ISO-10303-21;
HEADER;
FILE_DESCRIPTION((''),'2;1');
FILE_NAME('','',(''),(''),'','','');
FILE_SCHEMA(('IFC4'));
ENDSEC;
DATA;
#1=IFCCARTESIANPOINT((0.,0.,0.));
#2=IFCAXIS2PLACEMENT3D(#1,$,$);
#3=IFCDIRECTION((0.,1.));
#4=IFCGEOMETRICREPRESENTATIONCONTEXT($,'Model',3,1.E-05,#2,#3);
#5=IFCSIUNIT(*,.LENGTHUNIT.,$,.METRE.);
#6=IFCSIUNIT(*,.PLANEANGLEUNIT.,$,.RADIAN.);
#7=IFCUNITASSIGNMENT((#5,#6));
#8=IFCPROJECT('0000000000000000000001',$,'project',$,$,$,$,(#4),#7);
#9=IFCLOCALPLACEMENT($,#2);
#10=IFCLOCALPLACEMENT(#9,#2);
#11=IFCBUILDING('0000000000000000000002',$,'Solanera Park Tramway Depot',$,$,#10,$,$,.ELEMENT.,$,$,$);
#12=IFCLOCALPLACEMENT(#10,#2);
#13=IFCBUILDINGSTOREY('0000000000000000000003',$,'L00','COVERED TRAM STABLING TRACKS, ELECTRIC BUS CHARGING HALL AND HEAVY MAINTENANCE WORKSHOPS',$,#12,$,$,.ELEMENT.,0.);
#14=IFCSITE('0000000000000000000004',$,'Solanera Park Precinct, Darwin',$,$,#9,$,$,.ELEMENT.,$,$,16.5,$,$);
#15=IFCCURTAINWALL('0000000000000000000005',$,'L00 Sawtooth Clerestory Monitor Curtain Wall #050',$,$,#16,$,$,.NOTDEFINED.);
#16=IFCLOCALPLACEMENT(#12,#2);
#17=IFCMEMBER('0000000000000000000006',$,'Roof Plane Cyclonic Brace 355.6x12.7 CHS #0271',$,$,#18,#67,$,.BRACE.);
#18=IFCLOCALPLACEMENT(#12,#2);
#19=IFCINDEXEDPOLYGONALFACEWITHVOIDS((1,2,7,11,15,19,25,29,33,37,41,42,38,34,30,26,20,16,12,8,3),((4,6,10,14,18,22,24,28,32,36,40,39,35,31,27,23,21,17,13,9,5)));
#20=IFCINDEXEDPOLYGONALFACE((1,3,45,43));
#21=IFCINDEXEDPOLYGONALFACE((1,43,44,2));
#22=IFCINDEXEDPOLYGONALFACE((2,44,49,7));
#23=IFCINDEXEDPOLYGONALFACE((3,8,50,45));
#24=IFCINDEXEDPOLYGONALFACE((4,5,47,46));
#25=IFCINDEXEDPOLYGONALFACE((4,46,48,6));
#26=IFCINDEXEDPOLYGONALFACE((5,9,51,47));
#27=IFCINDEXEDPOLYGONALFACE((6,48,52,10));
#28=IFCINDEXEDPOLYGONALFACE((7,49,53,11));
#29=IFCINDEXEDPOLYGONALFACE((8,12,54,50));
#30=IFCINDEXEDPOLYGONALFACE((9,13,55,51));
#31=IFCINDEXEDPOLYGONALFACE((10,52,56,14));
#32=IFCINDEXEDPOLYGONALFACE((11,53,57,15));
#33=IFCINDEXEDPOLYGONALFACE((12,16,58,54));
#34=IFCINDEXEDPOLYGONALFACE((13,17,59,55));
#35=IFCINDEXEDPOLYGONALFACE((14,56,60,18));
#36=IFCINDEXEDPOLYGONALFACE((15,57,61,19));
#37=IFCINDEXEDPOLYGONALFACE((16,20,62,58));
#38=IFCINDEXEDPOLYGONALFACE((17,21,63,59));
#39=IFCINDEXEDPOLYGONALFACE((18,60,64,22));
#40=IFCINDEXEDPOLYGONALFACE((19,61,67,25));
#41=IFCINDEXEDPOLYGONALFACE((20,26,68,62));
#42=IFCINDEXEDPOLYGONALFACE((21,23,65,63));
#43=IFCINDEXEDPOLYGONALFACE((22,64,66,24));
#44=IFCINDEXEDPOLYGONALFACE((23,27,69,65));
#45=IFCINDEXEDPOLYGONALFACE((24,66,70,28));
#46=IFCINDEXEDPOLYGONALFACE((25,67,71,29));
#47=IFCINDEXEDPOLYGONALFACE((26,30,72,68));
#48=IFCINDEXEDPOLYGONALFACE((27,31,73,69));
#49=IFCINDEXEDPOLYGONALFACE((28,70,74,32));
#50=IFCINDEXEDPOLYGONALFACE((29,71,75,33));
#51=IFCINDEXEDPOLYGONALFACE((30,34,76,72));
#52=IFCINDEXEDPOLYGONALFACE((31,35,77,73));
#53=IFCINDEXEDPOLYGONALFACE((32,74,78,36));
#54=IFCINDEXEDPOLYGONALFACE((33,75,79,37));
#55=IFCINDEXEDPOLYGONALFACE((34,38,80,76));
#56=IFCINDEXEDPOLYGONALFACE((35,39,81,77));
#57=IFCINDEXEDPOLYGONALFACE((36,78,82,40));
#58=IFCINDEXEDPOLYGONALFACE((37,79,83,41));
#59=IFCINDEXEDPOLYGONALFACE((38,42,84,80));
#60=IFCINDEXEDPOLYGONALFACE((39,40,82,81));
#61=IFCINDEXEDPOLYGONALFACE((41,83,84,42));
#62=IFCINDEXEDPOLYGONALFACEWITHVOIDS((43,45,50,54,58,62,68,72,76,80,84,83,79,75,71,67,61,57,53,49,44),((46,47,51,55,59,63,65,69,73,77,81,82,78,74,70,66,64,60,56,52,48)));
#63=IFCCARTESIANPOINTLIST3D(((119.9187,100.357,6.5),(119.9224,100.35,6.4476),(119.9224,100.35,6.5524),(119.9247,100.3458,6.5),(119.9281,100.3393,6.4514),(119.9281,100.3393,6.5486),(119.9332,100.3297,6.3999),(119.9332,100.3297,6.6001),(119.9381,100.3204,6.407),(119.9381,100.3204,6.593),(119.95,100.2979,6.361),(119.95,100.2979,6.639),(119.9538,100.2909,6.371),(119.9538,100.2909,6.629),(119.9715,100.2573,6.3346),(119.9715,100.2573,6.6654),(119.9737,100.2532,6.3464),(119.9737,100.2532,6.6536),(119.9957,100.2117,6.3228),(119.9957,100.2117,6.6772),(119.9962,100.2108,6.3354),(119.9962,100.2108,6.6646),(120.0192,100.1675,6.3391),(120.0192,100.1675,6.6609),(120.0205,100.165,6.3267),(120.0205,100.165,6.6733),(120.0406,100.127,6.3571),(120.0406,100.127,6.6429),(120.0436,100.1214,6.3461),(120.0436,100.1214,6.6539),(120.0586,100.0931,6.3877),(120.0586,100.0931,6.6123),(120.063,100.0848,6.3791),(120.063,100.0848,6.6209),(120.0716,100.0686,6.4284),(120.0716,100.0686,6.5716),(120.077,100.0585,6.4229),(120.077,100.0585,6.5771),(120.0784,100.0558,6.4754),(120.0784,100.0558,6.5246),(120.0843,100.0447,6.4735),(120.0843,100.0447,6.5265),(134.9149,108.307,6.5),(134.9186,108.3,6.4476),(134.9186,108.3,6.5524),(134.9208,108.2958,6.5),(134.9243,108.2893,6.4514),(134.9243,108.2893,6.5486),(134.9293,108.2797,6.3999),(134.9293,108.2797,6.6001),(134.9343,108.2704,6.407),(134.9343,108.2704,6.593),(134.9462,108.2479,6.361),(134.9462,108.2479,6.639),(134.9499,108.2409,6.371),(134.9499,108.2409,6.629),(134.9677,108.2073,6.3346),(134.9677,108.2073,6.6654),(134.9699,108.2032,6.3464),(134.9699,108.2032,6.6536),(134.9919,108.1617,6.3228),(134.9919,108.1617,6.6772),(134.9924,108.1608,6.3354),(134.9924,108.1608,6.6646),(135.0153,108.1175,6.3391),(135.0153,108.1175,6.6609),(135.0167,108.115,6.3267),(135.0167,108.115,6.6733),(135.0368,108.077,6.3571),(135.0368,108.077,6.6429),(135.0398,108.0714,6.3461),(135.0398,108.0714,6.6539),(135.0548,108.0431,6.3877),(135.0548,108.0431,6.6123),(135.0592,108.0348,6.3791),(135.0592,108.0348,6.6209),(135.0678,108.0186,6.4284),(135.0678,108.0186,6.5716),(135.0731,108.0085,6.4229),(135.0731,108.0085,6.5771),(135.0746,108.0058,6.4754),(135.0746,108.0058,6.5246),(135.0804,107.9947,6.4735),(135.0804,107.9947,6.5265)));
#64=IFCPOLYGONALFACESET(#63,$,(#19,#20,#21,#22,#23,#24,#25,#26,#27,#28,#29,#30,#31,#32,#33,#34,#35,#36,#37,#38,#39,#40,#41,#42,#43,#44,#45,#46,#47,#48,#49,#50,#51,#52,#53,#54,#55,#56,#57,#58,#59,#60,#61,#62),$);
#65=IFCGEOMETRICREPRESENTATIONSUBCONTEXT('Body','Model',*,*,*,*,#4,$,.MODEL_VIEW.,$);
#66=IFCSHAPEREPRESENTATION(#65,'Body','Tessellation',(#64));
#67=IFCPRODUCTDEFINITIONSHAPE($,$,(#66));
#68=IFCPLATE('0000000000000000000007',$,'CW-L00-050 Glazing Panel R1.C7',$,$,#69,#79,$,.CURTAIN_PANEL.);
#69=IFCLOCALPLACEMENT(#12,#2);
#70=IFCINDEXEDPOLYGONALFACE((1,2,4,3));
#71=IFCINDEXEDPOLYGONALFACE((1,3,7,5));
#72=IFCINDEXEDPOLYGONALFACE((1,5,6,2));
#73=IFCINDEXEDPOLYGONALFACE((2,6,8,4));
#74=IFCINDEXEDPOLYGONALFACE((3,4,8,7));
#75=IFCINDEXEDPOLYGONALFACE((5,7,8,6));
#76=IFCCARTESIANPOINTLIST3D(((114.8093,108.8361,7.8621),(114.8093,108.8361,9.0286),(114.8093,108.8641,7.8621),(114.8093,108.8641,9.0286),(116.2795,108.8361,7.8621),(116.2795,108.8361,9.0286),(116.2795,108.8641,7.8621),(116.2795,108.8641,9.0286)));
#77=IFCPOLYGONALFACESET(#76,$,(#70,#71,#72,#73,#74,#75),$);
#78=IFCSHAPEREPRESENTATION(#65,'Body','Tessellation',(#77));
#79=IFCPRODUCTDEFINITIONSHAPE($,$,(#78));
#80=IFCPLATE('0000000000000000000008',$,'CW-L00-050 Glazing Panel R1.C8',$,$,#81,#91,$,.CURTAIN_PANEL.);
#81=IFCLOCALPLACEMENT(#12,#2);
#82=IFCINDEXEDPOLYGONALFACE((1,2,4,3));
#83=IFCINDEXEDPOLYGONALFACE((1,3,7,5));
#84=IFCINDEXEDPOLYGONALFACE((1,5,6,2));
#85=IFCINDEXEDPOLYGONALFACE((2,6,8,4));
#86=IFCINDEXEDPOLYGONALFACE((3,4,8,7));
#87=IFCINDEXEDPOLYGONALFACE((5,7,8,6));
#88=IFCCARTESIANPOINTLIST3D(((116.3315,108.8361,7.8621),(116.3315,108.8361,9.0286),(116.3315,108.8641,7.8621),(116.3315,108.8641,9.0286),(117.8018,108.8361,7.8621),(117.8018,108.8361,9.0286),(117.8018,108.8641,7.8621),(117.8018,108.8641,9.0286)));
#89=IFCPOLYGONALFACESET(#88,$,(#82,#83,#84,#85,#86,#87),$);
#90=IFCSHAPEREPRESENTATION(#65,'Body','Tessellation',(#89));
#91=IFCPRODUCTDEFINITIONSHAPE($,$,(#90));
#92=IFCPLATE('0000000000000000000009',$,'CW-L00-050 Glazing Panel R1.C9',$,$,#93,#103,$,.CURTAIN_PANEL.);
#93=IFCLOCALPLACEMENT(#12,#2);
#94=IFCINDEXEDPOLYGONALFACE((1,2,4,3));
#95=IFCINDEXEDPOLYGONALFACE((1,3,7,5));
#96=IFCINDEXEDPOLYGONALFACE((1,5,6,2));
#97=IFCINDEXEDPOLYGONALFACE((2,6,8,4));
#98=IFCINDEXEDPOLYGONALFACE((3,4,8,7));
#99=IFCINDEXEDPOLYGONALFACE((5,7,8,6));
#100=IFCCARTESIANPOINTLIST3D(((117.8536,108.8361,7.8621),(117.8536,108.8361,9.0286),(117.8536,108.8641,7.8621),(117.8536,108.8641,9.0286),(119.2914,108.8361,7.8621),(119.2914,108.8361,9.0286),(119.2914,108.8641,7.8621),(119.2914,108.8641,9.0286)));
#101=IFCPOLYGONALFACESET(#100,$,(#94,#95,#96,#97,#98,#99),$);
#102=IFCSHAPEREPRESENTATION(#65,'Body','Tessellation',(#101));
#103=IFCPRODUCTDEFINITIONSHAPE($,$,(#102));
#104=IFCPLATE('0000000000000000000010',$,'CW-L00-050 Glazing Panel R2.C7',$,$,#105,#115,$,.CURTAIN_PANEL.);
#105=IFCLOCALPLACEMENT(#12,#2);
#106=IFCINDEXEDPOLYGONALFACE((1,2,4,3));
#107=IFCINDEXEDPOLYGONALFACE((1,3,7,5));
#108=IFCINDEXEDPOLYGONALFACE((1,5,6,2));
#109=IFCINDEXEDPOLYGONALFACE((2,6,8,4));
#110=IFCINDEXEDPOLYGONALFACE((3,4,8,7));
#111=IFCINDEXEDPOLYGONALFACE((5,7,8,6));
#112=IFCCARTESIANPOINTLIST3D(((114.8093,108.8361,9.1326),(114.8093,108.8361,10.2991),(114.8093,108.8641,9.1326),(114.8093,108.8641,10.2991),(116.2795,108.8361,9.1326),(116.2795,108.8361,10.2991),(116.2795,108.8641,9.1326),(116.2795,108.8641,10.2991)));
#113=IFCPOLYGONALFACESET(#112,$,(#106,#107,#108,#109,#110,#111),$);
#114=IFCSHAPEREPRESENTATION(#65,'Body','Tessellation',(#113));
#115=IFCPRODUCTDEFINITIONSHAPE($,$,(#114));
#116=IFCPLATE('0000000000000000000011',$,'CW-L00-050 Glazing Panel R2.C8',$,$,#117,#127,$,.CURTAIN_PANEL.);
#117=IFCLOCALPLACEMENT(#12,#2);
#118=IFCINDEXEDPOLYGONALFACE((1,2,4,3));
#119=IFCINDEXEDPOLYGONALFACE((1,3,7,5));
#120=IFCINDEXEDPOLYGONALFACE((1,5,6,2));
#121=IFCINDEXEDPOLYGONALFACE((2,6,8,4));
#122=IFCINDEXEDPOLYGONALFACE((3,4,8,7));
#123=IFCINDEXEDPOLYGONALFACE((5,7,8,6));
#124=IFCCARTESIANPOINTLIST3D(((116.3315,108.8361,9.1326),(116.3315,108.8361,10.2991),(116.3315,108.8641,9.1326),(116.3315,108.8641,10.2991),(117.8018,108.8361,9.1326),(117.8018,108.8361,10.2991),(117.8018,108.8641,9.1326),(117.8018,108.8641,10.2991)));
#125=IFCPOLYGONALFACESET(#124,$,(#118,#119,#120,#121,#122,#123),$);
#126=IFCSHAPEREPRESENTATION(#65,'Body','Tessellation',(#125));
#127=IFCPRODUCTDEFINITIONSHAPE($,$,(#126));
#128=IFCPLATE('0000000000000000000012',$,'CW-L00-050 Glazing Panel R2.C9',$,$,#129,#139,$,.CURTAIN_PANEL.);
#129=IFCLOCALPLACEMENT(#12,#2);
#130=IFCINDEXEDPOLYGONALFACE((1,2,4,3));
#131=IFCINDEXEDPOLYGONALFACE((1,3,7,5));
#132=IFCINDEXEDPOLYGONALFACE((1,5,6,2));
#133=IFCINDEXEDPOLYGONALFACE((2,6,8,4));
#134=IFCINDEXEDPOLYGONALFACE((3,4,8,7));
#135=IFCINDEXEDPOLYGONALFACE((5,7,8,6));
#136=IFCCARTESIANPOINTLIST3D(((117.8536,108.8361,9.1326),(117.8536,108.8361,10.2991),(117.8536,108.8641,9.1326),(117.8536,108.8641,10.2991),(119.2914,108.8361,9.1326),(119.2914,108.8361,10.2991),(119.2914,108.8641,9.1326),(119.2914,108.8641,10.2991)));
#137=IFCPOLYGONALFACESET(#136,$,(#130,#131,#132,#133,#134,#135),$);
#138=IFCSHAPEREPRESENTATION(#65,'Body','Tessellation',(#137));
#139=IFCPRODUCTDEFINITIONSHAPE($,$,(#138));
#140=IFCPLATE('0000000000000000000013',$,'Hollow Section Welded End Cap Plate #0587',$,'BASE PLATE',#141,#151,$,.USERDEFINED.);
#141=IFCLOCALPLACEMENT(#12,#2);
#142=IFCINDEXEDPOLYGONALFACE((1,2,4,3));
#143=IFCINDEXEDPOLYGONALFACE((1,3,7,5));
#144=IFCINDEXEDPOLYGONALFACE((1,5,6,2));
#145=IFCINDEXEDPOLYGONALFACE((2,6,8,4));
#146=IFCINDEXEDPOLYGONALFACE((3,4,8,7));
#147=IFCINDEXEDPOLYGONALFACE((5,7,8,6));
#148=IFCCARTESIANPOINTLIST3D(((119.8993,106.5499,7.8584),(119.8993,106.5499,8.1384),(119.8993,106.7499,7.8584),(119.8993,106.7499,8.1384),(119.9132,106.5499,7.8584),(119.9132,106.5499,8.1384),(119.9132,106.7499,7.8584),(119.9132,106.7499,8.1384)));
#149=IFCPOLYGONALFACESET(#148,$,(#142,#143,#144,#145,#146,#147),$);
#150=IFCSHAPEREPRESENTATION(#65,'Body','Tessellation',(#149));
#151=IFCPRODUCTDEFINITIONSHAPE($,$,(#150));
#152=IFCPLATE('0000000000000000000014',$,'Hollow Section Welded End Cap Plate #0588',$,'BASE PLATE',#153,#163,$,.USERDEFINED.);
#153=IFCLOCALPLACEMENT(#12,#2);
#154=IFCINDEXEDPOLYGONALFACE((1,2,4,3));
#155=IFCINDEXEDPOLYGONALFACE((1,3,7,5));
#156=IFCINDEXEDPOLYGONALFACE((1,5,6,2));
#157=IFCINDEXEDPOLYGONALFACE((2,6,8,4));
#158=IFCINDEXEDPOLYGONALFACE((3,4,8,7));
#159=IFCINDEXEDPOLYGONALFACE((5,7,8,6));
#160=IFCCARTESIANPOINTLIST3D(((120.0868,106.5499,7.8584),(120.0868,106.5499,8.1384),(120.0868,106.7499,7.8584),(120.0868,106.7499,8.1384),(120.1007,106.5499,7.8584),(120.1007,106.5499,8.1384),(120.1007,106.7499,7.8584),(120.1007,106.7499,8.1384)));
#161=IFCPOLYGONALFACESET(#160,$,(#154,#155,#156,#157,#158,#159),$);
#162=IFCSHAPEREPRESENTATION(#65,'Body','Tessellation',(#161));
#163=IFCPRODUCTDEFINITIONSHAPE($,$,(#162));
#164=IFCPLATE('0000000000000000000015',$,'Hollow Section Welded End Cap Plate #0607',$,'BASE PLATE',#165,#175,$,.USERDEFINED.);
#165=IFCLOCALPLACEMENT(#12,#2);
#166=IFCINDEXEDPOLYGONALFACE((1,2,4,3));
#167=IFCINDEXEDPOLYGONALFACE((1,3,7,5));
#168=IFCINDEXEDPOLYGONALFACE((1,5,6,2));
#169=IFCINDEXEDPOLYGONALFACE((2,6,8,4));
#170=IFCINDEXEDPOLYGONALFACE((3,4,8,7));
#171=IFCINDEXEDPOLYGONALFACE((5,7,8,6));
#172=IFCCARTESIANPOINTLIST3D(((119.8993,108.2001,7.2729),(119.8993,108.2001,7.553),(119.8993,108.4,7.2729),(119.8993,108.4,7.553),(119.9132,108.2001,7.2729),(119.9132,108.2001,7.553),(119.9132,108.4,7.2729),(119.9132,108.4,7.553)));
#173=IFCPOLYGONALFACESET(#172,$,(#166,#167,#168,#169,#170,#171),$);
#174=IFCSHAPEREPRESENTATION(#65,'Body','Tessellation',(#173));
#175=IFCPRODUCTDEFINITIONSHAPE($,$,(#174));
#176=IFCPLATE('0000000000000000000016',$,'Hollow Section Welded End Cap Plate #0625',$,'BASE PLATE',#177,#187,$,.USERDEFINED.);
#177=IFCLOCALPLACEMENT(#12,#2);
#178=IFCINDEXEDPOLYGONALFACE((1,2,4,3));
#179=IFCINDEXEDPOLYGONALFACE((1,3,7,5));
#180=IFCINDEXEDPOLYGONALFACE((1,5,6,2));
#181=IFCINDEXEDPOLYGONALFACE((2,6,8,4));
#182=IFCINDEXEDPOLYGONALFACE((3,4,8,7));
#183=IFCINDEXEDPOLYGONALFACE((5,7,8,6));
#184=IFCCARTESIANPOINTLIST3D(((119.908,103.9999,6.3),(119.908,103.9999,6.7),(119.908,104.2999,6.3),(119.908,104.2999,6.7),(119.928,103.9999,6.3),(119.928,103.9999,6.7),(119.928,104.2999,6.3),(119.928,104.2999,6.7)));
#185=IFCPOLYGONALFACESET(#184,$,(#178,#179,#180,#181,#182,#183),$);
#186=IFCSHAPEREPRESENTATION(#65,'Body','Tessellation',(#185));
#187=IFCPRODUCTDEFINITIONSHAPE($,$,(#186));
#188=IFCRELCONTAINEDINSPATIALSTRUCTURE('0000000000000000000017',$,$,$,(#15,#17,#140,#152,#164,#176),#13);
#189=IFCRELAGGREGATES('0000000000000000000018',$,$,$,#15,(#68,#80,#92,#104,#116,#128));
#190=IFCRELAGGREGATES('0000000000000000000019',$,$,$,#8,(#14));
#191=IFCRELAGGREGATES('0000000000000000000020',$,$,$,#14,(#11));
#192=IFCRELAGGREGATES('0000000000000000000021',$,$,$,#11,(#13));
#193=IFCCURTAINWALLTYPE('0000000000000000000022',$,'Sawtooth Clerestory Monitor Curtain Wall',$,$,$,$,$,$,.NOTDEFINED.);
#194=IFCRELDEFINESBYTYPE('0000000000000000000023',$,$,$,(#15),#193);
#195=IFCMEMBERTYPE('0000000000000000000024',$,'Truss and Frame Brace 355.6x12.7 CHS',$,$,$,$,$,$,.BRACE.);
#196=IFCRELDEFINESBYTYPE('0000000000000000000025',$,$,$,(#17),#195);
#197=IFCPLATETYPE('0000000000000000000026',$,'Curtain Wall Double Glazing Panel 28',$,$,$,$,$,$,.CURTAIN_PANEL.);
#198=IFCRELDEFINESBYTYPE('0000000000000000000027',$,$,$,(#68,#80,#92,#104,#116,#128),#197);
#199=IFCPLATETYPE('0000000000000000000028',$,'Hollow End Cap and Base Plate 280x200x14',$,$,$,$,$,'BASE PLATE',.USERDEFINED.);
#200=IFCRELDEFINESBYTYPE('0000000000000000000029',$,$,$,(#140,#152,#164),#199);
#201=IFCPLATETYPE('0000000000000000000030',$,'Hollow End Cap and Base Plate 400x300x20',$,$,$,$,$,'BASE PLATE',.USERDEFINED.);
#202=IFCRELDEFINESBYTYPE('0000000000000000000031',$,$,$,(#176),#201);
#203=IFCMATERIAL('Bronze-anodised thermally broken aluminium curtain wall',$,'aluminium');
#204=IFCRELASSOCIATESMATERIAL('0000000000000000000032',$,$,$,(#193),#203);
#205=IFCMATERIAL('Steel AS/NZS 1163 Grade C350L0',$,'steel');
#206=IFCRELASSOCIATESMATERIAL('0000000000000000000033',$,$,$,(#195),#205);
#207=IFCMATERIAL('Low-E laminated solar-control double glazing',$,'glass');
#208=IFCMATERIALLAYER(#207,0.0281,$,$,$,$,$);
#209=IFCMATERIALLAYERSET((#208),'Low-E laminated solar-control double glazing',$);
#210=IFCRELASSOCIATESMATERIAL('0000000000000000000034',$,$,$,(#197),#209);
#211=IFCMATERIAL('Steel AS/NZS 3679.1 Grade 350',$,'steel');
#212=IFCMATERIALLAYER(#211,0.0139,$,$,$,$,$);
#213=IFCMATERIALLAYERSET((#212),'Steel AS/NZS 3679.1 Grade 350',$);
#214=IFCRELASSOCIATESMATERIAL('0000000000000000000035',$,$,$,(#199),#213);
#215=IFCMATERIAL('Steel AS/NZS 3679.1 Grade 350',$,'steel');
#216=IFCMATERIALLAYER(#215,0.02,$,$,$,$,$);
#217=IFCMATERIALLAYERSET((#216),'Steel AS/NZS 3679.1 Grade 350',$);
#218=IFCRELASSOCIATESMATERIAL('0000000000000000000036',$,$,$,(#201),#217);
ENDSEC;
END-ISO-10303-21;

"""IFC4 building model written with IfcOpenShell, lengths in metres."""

from ifc_helpers import new_model, si_unit, direction, frame, origin, origin_2d, place, context, subcontext, project, spatial, rectangle, hollow_circle, extrude, material, layer, layer_set, material_profile, profile_set, type_object, element, aggregate, save


model = new_model("IFC4")

# Units and contexts
model_context = context("Model", 3, precision=1e-05, world=origin(), true_north=direction((0.0, 1.0)))
body_context = subcontext(model_context, "Body", "Model", "MODEL_VIEW")
ifc_project = project(units=[si_unit("LENGTHUNIT", "METRE"), si_unit("PLANEANGLEUNIT", "RADIAN")], contexts=[model_context])

# Site, building, storey
site_placement = place(None, origin())
site = spatial("IfcSite", under=ifc_project, at=site_placement, Name="Solanera Park Precinct, Darwin", CompositionType="ELEMENT", RefElevation=16.5)
building_placement = place(site_placement, origin())
building = spatial("IfcBuilding", under=site, at=building_placement, Name="Solanera Park Tramway Depot", CompositionType="ELEMENT")
storey_placement = place(building_placement, origin())
storey = spatial("IfcBuildingStorey", under=building, at=storey_placement, Name="L00", Description="COVERED TRAM STABLING TRACKS, ELECTRIC BUS CHARGING HALL AND HEAVY MAINTENANCE WORKSHOPS", CompositionType="ELEMENT", Elevation=0.0)

# Curtain wall
ifc_material_1 = material(Name="Bronze-anodised thermally broken aluminium curtain wall", Category="aluminium")
curtain_wall_type = type_object("IfcCurtainWallType", Name="Sawtooth Clerestory Monitor Curtain Wall", PredefinedType="NOTDEFINED", material=ifc_material_1)
curtain_wall_placement = place(storey_placement, origin())
curtain_wall = element("IfcCurtainWall", 1, at=curtain_wall_placement, inside=storey, type_object=curtain_wall_type, Name="L00 Sawtooth Clerestory Monitor Curtain Wall #050", PredefinedType="NOTDEFINED")

# Member
ifc_material_2 = material(Name="Steel AS/NZS 1163 Grade C350L0", Category="steel")
ifc_material_profile_1 = material_profile(ifc_material_2, hollow_circle(Radius=0.1777, WallThickness=0.0127, at=origin_2d()), Name="355.6x12.7 CHS")
ifc_profile_set_1 = profile_set([ifc_material_profile_1], Name="Steel AS/NZS 1163 Grade C350L0")
member_type_1 = type_object("IfcMemberType", Name="Truss and Frame Brace 355.6x12.7 CHS", PredefinedType="BRACE", material=ifc_profile_set_1)
member_1_placement = place(storey_placement, frame((120.002, 100.2, 6.5), z_axis=(0.883524, 0.468387, 0.0), x_axis=(-0.468387, 0.883524, 0.0)))
element("IfcMember", 2, at=member_1_placement, inside=storey, type_object=member_type_1, Name="Roof Plane Cyclonic Brace 355.6x12.7 CHS #0271", PredefinedType="BRACE", context=body_context, shape_type="SweptSolid", body=[
    extrude(hollow_circle(Radius=0.1777, WallThickness=0.0127, at=origin_2d()), origin(), (0.0, 0.0, 1.0), 16.9731),
])

# Plates
ifc_material_3 = material(Name="Low-E laminated solar-control double glazing", Category="glass")
ifc_layer_1 = layer(ifc_material_3, 0.0281)
ifc_layer_set_1 = layer_set([ifc_layer_1], Name="Low-E laminated solar-control double glazing")
plate_type_1 = type_object("IfcPlateType", Name="Curtain Wall Double Glazing Panel 28", PredefinedType="CURTAIN_PANEL", material=ifc_layer_set_1)
plate_1_placement = place(storey_placement, frame((115.5444, 108.8501, 7.8621), z_axis=(0.0, 0.0, 1.0), x_axis=(1.0, 0.0, 0.0)))
plate_1 = element("IfcPlate", 3, at=plate_1_placement, type_object=plate_type_1, Name="CW-L00-050 Glazing Panel R1.C7", PredefinedType="CURTAIN_PANEL", context=body_context, shape_type="SweptSolid", body=[
    extrude(rectangle(XDim=1.4702, YDim=0.0281, at=origin_2d()), origin(), (0.0, 0.0, 1.0), 1.1665),
])
plate_2_placement = place(storey_placement, frame((117.0667, 108.8501, 7.8621), z_axis=(0.0, 0.0, 1.0), x_axis=(1.0, 0.0, 0.0)))
plate_2 = element("IfcPlate", 4, at=plate_2_placement, type_object=plate_type_1, Name="CW-L00-050 Glazing Panel R1.C8", PredefinedType="CURTAIN_PANEL", context=body_context, shape_type="SweptSolid", body=[
    extrude(rectangle(XDim=1.4702, YDim=0.0281, at=origin_2d()), origin(), (0.0, 0.0, 1.0), 1.1665),
])
plate_3_placement = place(storey_placement, frame((118.5725, 108.8501, 7.8621), z_axis=(0.0, 0.0, 1.0), x_axis=(1.0, 0.0, 0.0)))
plate_3 = element("IfcPlate", 5, at=plate_3_placement, type_object=plate_type_1, Name="CW-L00-050 Glazing Panel R1.C9", PredefinedType="CURTAIN_PANEL", context=body_context, shape_type="SweptSolid", body=[
    extrude(rectangle(XDim=1.4377, YDim=0.0281, at=origin_2d()), origin(), (0.0, 0.0, 1.0), 1.1665),
])
plate_4_placement = place(storey_placement, frame((115.5444, 108.8501, 9.1326), z_axis=(0.0, 0.0, 1.0), x_axis=(1.0, 0.0, 0.0)))
plate_4 = element("IfcPlate", 6, at=plate_4_placement, type_object=plate_type_1, Name="CW-L00-050 Glazing Panel R2.C7", PredefinedType="CURTAIN_PANEL", context=body_context, shape_type="SweptSolid", body=[
    extrude(rectangle(XDim=1.4702, YDim=0.0281, at=origin_2d()), origin(), (0.0, 0.0, 1.0), 1.1665),
])
plate_5_placement = place(storey_placement, frame((117.0667, 108.8501, 9.1326), z_axis=(0.0, 0.0, 1.0), x_axis=(1.0, 0.0, 0.0)))
plate_5 = element("IfcPlate", 7, at=plate_5_placement, type_object=plate_type_1, Name="CW-L00-050 Glazing Panel R2.C8", PredefinedType="CURTAIN_PANEL", context=body_context, shape_type="SweptSolid", body=[
    extrude(rectangle(XDim=1.4702, YDim=0.0281, at=origin_2d()), origin(), (0.0, 0.0, 1.0), 1.1665),
])
plate_6_placement = place(storey_placement, frame((118.5725, 108.8501, 9.1326), z_axis=(0.0, 0.0, 1.0), x_axis=(1.0, 0.0, 0.0)))
plate_6 = element("IfcPlate", 8, at=plate_6_placement, type_object=plate_type_1, Name="CW-L00-050 Glazing Panel R2.C9", PredefinedType="CURTAIN_PANEL", context=body_context, shape_type="SweptSolid", body=[
    extrude(rectangle(XDim=1.4377, YDim=0.0281, at=origin_2d()), origin(), (0.0, 0.0, 1.0), 1.1665),
])
aggregate(curtain_wall, [plate_1, plate_2, plate_3, plate_4, plate_5, plate_6])

# Plates
ifc_material_4 = material(Name="Steel AS/NZS 3679.1 Grade 350", Category="steel")
ifc_layer_2 = layer(ifc_material_4, 0.0139)
ifc_layer_set_2 = layer_set([ifc_layer_2], Name="Steel AS/NZS 3679.1 Grade 350")
plate_type_2 = type_object("IfcPlateType", Name="Hollow End Cap and Base Plate 280x200x14", ElementType="BASE PLATE", PredefinedType="USERDEFINED", material=ifc_layer_set_2)
for number, where, z_axis, x_axis, name in (
    (9, (119.9062, 106.6499, 7.8584), (0.0, 0.0, 1.0), (1.0, 0.0, 0.0), "Hollow Section Welded End Cap Plate #0587"),
    (10, (120.0938, 106.6499, 7.8584), (0.0, 0.0, 1.0), (1.0, 0.0, 0.0), "Hollow Section Welded End Cap Plate #0588"),
    (11, (119.9062, 108.3, 7.2729), (0.0, 0.0, 1.0), (1.0, 0.0, 0.0), "Hollow Section Welded End Cap Plate #0607"),
):
    element("IfcPlate", number, at=place(storey_placement, frame(where, z_axis=z_axis, x_axis=x_axis)), inside=storey, type_object=plate_type_2, Name=name, ObjectType="BASE PLATE", PredefinedType="USERDEFINED", context=body_context, shape_type="SweptSolid", body=[
        extrude(rectangle(XDim=0.0139, YDim=0.2, at=origin_2d()), origin(), (0.0, 0.0, 1.0), 0.28),
    ])
ifc_material_5 = material(Name="Steel AS/NZS 3679.1 Grade 350", Category="steel")
ifc_layer_3 = layer(ifc_material_5, 0.02)
ifc_layer_set_3 = layer_set([ifc_layer_3], Name="Steel AS/NZS 3679.1 Grade 350")
plate_type_3 = type_object("IfcPlateType", Name="Hollow End Cap and Base Plate 400x300x20", ElementType="BASE PLATE", PredefinedType="USERDEFINED", material=ifc_layer_set_3)
plate_7_placement = place(storey_placement, frame((119.918, 104.1499, 6.3), z_axis=(0.0, 0.0, 1.0), x_axis=(1.0, 0.0, 0.0)))
element("IfcPlate", 12, at=plate_7_placement, inside=storey, type_object=plate_type_3, Name="Hollow Section Welded End Cap Plate #0625", ObjectType="BASE PLATE", PredefinedType="USERDEFINED", context=body_context, shape_type="SweptSolid", body=[
    extrude(rectangle(XDim=0.02, YDim=0.3, at=origin_2d()), origin(), (0.0, 0.0, 1.0), 0.3999),
])

save(model, "model.ifc")
